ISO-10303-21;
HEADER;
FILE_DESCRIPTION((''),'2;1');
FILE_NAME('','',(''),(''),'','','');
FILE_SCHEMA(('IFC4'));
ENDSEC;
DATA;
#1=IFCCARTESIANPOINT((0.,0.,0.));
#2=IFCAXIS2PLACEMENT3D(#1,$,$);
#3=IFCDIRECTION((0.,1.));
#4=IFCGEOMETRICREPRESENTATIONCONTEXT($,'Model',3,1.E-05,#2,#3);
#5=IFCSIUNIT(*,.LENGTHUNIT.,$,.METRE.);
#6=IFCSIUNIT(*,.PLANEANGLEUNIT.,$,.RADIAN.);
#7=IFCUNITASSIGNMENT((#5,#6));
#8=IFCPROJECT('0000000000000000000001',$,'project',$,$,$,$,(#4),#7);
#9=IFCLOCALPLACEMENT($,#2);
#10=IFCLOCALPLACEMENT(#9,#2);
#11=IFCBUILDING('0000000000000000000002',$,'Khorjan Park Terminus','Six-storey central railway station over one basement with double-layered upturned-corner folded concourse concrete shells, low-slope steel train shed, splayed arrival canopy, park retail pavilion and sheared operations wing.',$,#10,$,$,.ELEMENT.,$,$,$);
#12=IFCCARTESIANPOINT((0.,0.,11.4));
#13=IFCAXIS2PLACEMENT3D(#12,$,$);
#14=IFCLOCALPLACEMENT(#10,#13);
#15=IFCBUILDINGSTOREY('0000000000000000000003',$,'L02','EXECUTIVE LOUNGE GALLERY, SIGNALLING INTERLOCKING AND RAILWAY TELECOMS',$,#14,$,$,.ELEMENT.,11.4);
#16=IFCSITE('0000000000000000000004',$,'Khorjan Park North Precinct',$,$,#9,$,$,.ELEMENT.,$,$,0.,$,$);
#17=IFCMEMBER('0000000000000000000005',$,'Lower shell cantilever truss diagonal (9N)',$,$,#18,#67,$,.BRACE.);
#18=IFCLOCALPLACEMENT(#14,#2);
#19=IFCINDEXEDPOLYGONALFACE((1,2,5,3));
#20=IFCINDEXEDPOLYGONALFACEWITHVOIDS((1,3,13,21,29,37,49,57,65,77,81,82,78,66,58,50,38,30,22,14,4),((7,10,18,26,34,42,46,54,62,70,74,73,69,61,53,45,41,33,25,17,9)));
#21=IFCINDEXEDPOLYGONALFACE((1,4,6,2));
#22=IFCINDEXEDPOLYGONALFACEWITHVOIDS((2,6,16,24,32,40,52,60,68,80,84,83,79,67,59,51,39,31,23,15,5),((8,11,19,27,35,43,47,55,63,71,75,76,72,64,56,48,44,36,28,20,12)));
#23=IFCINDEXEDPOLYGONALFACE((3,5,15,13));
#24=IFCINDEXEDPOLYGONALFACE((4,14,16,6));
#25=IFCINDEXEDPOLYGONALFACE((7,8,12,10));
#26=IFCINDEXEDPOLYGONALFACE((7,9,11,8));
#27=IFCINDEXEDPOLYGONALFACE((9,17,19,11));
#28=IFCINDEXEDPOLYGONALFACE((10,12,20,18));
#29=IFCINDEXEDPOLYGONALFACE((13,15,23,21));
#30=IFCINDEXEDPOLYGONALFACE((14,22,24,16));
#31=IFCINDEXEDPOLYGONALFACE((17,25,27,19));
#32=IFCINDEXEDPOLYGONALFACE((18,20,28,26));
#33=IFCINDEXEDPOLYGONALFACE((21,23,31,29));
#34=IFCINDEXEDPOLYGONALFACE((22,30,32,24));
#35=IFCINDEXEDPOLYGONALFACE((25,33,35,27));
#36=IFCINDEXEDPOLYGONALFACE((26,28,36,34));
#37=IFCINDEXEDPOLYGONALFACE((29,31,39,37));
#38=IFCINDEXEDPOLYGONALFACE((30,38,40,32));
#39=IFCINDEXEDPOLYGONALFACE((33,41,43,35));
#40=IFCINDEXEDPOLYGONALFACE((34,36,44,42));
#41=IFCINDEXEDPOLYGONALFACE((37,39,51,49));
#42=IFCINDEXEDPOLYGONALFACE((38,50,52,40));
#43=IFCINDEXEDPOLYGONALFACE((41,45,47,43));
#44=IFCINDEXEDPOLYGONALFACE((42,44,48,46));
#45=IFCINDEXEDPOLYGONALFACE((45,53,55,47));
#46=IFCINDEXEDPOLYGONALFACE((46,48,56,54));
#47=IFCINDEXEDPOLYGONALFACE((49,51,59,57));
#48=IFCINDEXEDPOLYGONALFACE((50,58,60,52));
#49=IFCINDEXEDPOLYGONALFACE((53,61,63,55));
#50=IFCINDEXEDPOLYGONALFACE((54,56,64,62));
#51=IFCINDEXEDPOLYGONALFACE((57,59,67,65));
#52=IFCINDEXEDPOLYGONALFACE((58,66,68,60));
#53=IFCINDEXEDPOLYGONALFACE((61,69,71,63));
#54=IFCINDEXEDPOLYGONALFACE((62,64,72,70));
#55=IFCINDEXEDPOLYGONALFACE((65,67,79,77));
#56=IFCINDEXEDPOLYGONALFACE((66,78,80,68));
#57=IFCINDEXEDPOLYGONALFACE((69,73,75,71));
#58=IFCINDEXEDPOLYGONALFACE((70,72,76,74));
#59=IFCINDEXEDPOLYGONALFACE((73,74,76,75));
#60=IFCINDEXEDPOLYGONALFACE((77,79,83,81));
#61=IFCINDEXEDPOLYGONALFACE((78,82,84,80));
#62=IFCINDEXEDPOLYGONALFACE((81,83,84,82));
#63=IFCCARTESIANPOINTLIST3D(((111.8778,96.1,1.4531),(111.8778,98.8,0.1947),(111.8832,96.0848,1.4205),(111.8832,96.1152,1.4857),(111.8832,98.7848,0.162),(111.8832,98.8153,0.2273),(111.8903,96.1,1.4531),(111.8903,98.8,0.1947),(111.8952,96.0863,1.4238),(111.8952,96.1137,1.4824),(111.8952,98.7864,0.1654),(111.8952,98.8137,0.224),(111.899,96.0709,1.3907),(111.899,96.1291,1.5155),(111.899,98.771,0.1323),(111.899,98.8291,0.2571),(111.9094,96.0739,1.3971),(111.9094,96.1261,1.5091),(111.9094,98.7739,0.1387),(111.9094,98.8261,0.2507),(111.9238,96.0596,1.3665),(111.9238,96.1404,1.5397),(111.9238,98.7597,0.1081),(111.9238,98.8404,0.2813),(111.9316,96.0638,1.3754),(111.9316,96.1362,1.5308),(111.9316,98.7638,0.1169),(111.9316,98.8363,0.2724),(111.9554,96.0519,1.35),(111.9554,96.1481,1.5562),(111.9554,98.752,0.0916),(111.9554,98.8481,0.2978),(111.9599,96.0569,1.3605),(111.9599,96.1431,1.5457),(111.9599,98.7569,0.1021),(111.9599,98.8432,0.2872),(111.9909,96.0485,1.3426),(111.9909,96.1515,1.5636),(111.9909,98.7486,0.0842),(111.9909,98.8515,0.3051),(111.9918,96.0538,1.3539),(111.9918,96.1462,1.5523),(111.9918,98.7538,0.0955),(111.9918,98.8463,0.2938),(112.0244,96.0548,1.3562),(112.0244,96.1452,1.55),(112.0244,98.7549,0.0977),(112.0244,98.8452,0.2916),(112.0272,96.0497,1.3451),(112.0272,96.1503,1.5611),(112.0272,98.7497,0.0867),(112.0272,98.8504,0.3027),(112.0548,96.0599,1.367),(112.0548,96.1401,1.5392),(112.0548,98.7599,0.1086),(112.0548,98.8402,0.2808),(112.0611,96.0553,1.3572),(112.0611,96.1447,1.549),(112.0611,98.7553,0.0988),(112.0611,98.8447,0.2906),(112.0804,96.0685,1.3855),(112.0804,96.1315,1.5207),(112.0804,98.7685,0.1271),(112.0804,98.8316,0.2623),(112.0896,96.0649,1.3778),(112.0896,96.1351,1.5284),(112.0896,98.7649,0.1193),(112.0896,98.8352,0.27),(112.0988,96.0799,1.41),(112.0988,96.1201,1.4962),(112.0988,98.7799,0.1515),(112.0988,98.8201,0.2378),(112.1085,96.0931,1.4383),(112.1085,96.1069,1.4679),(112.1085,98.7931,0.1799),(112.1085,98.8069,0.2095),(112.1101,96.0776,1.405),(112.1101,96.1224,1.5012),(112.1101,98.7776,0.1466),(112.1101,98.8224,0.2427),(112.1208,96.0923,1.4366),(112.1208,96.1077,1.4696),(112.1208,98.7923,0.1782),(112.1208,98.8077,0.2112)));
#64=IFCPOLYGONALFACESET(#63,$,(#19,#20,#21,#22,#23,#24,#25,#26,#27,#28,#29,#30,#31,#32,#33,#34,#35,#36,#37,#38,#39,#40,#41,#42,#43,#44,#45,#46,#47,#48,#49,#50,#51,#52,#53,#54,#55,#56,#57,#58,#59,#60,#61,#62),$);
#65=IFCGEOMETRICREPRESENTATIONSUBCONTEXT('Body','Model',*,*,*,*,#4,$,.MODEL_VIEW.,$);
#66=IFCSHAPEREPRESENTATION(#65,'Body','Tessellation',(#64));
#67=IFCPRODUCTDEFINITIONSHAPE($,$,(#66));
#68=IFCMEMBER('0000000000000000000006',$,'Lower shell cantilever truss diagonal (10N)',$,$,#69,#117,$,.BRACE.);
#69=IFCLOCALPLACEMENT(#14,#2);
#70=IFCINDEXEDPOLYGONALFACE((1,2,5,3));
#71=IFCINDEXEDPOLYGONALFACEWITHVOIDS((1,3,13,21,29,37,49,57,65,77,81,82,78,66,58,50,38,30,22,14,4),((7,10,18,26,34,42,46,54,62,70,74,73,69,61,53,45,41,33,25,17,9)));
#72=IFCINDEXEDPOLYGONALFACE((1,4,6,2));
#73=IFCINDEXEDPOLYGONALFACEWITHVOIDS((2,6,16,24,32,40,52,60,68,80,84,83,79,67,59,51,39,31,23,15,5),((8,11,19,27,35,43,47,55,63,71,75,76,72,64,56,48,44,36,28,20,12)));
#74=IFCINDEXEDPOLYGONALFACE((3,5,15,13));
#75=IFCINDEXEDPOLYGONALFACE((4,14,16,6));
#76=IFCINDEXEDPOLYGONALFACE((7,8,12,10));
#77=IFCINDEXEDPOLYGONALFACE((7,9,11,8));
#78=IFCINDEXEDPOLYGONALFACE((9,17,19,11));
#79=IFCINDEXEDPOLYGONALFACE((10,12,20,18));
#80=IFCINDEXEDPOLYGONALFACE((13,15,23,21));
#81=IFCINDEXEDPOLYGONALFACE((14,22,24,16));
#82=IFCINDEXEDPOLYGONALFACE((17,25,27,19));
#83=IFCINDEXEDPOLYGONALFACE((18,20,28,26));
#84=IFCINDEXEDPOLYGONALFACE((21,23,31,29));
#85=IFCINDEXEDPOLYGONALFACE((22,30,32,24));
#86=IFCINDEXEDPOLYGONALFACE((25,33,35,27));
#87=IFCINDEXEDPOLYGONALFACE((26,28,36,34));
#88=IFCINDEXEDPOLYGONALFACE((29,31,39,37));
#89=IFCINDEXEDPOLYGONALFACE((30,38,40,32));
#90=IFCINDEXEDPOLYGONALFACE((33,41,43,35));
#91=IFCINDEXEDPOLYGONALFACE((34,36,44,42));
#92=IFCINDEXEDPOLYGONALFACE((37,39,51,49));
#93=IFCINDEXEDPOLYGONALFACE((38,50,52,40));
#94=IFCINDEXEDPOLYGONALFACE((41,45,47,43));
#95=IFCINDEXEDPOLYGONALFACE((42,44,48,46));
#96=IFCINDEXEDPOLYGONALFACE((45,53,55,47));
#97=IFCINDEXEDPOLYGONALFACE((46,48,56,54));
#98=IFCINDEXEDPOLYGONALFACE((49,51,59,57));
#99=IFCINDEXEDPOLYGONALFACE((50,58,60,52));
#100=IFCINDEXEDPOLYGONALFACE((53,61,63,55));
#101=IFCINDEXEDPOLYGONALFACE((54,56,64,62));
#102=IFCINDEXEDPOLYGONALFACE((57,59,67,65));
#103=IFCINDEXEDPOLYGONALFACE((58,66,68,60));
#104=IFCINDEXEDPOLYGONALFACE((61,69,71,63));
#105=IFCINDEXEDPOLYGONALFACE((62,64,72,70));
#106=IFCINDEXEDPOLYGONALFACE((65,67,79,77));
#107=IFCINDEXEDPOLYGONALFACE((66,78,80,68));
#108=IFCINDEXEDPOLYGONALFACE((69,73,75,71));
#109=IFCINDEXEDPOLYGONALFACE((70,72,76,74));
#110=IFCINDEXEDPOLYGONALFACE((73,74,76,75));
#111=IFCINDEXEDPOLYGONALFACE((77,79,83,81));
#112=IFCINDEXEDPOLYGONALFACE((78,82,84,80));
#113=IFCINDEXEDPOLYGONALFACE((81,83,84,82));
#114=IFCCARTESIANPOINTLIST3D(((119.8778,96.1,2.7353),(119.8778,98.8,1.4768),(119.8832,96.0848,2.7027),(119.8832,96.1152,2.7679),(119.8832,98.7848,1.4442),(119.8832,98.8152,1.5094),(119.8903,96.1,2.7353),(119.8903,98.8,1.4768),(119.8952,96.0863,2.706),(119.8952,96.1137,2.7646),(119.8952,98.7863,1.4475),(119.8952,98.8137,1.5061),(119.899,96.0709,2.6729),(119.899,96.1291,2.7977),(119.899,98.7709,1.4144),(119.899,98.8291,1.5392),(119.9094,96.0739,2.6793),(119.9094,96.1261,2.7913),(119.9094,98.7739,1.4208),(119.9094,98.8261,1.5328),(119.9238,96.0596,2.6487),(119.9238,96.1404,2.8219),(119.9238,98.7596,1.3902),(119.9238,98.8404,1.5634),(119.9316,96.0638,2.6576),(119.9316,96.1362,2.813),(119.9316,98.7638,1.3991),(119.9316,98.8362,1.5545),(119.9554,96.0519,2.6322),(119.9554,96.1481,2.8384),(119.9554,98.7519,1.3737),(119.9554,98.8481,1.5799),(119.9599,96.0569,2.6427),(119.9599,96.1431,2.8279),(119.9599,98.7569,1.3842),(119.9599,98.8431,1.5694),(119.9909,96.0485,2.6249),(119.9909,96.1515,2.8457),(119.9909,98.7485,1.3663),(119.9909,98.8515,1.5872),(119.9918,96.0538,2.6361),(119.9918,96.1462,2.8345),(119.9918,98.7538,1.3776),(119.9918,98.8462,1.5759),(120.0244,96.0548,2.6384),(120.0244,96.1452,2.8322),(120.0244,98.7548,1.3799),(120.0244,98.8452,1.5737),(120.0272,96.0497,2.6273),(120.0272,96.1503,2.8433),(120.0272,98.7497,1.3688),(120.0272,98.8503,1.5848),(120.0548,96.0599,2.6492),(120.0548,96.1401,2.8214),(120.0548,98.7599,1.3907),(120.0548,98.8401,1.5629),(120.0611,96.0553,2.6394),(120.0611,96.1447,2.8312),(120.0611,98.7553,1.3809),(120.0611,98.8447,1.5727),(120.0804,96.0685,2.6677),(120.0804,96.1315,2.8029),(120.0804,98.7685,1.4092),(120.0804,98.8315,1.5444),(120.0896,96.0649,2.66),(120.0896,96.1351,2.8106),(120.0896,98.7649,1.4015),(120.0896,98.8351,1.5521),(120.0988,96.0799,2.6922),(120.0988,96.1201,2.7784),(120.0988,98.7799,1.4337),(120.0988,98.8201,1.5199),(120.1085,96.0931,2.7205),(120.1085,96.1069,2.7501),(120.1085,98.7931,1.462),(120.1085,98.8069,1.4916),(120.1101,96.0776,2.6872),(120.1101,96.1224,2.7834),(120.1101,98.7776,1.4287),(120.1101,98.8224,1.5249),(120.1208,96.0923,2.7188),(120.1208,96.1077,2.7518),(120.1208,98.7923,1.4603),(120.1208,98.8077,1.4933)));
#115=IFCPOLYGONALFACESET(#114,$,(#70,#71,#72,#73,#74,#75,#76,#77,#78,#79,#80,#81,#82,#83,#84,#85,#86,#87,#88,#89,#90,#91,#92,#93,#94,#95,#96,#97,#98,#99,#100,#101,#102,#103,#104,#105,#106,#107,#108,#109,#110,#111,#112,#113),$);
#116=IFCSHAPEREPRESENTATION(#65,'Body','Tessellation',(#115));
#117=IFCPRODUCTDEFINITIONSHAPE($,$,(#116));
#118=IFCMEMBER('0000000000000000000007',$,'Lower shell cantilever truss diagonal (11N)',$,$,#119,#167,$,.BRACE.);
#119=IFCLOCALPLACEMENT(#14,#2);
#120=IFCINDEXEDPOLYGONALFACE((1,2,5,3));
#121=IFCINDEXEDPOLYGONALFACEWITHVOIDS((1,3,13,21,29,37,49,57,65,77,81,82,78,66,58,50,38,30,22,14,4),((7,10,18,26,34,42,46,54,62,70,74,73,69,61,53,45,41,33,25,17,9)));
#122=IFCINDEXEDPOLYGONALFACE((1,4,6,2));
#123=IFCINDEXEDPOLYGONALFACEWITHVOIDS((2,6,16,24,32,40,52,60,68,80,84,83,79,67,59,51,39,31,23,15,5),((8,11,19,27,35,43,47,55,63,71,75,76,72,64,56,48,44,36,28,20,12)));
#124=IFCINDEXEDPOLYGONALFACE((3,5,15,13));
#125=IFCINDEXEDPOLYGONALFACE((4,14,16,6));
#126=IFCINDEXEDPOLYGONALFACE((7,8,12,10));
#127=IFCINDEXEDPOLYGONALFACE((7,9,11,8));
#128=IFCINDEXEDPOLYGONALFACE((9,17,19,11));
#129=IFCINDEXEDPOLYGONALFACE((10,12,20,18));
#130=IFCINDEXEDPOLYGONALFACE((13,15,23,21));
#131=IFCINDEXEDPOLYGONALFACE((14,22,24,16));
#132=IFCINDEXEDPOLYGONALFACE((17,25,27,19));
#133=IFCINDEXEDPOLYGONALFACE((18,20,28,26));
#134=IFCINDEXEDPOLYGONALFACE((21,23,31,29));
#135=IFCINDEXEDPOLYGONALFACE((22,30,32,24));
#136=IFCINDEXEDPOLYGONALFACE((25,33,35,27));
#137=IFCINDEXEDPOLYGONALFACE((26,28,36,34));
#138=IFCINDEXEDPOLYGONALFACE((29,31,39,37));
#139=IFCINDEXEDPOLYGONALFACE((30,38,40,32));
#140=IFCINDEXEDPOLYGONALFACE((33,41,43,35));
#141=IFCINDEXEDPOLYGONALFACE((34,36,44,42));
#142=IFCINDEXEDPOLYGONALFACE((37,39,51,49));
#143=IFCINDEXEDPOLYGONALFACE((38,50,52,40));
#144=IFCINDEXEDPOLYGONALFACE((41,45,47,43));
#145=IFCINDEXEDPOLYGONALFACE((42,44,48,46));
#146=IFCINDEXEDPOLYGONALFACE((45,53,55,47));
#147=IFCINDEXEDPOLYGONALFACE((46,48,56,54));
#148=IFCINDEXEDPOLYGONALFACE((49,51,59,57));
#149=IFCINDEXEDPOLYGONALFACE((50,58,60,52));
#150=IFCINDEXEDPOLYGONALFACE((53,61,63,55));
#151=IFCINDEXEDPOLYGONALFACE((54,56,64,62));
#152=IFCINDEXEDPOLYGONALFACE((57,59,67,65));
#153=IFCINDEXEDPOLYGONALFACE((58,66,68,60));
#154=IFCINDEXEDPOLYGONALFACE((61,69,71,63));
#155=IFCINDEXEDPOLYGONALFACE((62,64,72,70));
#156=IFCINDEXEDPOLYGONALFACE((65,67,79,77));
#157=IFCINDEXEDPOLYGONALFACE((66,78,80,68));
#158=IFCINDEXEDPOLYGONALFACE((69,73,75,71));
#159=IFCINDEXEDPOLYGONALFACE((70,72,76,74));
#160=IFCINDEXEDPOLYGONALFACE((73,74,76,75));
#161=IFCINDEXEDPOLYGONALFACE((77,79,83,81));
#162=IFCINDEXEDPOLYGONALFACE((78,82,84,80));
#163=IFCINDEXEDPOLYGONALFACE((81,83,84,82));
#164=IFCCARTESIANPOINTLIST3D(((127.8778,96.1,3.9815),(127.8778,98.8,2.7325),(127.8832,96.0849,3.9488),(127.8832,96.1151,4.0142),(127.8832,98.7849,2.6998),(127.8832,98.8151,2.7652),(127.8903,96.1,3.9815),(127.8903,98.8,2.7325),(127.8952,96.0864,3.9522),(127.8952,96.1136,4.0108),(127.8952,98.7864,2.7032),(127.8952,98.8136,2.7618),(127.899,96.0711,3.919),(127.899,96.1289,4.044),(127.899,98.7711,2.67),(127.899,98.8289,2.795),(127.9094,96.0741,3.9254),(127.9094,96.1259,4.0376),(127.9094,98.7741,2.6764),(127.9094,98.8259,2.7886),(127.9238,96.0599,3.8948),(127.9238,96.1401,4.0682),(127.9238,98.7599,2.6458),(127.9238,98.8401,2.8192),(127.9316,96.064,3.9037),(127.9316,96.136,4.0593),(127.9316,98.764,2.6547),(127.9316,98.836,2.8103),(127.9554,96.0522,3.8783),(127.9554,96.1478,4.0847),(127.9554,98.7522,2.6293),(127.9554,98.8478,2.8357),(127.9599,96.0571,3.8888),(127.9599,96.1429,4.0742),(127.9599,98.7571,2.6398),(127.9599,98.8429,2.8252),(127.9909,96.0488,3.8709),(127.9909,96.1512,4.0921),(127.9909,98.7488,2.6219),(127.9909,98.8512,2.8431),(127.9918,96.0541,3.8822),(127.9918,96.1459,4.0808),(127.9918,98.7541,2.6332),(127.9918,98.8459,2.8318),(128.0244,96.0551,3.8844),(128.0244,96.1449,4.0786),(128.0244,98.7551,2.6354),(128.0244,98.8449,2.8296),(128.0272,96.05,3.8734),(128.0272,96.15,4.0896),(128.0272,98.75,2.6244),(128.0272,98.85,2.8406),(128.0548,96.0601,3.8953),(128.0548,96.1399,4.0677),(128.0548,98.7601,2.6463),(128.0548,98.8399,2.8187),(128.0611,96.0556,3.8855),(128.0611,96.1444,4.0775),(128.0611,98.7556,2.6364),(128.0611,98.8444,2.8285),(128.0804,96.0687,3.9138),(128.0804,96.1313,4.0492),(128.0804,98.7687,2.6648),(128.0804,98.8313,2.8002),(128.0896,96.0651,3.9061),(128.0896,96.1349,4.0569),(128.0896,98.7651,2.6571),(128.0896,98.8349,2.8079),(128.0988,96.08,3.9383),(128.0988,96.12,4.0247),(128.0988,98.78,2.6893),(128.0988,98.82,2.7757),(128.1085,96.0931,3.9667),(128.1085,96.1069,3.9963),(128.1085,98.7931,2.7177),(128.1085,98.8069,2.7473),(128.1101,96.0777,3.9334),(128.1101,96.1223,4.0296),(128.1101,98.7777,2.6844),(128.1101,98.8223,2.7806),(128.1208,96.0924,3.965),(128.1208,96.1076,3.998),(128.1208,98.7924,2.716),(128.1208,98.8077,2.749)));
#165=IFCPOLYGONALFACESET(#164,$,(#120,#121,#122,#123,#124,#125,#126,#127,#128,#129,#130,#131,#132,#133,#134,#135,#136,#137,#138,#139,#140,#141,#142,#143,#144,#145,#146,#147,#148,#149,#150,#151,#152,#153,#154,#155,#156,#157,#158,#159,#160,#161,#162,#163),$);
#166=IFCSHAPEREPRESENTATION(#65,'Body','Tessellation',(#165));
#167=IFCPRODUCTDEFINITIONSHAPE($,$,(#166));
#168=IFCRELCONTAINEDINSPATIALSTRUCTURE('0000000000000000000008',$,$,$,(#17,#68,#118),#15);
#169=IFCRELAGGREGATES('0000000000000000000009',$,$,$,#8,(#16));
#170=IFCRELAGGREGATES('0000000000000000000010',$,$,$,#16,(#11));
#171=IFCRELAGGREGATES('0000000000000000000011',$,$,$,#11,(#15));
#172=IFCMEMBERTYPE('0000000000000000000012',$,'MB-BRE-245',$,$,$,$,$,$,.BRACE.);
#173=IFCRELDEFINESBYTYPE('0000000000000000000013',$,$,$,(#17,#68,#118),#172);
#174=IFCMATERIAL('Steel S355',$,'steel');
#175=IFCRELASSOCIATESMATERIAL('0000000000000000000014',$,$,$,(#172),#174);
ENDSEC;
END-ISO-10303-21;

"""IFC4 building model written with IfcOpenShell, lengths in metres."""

from ifc_helpers import new_model, si_unit, direction, frame, origin, origin_2d, place, context, subcontext, project, spatial, hollow_circle, extrude, material, material_profile, profile_set, type_object, element, save


model = new_model("IFC4")

# Units and contexts
model_context = context("Model", 3, precision=1e-05, world=origin(), true_north=direction((0.0, 1.0)))
body_context = subcontext(model_context, "Body", "Model", "MODEL_VIEW")
ifc_project = project(units=[si_unit("LENGTHUNIT", "METRE"), si_unit("PLANEANGLEUNIT", "RADIAN")], contexts=[model_context])

# Site, building, storey
site_placement = place(None, origin())
site = spatial("IfcSite", under=ifc_project, at=site_placement, Name="Khorjan Park North Precinct", CompositionType="ELEMENT", RefElevation=0.0)
building_placement = place(site_placement, origin())
building = spatial("IfcBuilding", under=site, at=building_placement, Name="Khorjan Park Terminus", Description="Six-storey central railway station over one basement with double-layered upturned-corner folded concourse concrete shells, low-slope steel train shed, splayed arrival canopy, park retail pavilion and sheared operations wing.", CompositionType="ELEMENT")
storey_placement = place(building_placement, frame((0.0, 0.0, 11.4)))
storey = spatial("IfcBuildingStorey", under=building, at=storey_placement, Name="L02", Description="EXECUTIVE LOUNGE GALLERY, SIGNALLING INTERLOCKING AND RAILWAY TELECOMS", CompositionType="ELEMENT", Elevation=11.4)

# Shared definitions
ifc_material = material(Name="Steel S355", Category="steel")

# Members
ifc_material_profile_1 = material_profile(ifc_material, hollow_circle(Radius=0.1222, WallThickness=0.0125, at=origin_2d()), Name="CHS 244.5x12.5")
ifc_profile_set_1 = profile_set([ifc_material_profile_1], Name="Steel S355")
member_type_1 = type_object("IfcMemberType", Name="MB-BRE-245", PredefinedType="BRACE", material=ifc_profile_set_1)
for number, where, z_axis, x_axis, name in (
    (1, (112.0, 96.1, 1.4531), (0.0, 0.906389, -0.422444), (-1.0, 0.0, 0.0), "Lower shell cantilever truss diagonal (9N)"),
    (2, (120.0, 96.1, 2.7353), (0.0, 0.906376, -0.422472), (-1.0, 0.0, 0.0), "Lower shell cantilever truss diagonal (10N)"),
):
    element("IfcMember", number, at=place(storey_placement, frame(where, z_axis=z_axis, x_axis=x_axis)), inside=storey, type_object=member_type_1, Name=name, PredefinedType="BRACE", context=body_context, shape_type="SweptSolid", body=[
        extrude(hollow_circle(Radius=0.1222, WallThickness=0.0125, at=origin_2d()), origin(), (0.0, 0.0, 1.0), 2.9789),
    ])
member_placement = place(storey_placement, frame((128.0, 96.1, 3.9815), z_axis=(0.0, 0.907595, -0.419847), x_axis=(-1.0, 0.0, 0.0)))
element("IfcMember", 3, at=member_placement, inside=storey, type_object=member_type_1, Name="Lower shell cantilever truss diagonal (11N)", PredefinedType="BRACE", context=body_context, shape_type="SweptSolid", body=[
    extrude(hollow_circle(Radius=0.1222, WallThickness=0.0125, at=origin_2d()), origin(), (0.0, 0.0, 1.0), 2.9749),
])

save(model, "model.ifc")
